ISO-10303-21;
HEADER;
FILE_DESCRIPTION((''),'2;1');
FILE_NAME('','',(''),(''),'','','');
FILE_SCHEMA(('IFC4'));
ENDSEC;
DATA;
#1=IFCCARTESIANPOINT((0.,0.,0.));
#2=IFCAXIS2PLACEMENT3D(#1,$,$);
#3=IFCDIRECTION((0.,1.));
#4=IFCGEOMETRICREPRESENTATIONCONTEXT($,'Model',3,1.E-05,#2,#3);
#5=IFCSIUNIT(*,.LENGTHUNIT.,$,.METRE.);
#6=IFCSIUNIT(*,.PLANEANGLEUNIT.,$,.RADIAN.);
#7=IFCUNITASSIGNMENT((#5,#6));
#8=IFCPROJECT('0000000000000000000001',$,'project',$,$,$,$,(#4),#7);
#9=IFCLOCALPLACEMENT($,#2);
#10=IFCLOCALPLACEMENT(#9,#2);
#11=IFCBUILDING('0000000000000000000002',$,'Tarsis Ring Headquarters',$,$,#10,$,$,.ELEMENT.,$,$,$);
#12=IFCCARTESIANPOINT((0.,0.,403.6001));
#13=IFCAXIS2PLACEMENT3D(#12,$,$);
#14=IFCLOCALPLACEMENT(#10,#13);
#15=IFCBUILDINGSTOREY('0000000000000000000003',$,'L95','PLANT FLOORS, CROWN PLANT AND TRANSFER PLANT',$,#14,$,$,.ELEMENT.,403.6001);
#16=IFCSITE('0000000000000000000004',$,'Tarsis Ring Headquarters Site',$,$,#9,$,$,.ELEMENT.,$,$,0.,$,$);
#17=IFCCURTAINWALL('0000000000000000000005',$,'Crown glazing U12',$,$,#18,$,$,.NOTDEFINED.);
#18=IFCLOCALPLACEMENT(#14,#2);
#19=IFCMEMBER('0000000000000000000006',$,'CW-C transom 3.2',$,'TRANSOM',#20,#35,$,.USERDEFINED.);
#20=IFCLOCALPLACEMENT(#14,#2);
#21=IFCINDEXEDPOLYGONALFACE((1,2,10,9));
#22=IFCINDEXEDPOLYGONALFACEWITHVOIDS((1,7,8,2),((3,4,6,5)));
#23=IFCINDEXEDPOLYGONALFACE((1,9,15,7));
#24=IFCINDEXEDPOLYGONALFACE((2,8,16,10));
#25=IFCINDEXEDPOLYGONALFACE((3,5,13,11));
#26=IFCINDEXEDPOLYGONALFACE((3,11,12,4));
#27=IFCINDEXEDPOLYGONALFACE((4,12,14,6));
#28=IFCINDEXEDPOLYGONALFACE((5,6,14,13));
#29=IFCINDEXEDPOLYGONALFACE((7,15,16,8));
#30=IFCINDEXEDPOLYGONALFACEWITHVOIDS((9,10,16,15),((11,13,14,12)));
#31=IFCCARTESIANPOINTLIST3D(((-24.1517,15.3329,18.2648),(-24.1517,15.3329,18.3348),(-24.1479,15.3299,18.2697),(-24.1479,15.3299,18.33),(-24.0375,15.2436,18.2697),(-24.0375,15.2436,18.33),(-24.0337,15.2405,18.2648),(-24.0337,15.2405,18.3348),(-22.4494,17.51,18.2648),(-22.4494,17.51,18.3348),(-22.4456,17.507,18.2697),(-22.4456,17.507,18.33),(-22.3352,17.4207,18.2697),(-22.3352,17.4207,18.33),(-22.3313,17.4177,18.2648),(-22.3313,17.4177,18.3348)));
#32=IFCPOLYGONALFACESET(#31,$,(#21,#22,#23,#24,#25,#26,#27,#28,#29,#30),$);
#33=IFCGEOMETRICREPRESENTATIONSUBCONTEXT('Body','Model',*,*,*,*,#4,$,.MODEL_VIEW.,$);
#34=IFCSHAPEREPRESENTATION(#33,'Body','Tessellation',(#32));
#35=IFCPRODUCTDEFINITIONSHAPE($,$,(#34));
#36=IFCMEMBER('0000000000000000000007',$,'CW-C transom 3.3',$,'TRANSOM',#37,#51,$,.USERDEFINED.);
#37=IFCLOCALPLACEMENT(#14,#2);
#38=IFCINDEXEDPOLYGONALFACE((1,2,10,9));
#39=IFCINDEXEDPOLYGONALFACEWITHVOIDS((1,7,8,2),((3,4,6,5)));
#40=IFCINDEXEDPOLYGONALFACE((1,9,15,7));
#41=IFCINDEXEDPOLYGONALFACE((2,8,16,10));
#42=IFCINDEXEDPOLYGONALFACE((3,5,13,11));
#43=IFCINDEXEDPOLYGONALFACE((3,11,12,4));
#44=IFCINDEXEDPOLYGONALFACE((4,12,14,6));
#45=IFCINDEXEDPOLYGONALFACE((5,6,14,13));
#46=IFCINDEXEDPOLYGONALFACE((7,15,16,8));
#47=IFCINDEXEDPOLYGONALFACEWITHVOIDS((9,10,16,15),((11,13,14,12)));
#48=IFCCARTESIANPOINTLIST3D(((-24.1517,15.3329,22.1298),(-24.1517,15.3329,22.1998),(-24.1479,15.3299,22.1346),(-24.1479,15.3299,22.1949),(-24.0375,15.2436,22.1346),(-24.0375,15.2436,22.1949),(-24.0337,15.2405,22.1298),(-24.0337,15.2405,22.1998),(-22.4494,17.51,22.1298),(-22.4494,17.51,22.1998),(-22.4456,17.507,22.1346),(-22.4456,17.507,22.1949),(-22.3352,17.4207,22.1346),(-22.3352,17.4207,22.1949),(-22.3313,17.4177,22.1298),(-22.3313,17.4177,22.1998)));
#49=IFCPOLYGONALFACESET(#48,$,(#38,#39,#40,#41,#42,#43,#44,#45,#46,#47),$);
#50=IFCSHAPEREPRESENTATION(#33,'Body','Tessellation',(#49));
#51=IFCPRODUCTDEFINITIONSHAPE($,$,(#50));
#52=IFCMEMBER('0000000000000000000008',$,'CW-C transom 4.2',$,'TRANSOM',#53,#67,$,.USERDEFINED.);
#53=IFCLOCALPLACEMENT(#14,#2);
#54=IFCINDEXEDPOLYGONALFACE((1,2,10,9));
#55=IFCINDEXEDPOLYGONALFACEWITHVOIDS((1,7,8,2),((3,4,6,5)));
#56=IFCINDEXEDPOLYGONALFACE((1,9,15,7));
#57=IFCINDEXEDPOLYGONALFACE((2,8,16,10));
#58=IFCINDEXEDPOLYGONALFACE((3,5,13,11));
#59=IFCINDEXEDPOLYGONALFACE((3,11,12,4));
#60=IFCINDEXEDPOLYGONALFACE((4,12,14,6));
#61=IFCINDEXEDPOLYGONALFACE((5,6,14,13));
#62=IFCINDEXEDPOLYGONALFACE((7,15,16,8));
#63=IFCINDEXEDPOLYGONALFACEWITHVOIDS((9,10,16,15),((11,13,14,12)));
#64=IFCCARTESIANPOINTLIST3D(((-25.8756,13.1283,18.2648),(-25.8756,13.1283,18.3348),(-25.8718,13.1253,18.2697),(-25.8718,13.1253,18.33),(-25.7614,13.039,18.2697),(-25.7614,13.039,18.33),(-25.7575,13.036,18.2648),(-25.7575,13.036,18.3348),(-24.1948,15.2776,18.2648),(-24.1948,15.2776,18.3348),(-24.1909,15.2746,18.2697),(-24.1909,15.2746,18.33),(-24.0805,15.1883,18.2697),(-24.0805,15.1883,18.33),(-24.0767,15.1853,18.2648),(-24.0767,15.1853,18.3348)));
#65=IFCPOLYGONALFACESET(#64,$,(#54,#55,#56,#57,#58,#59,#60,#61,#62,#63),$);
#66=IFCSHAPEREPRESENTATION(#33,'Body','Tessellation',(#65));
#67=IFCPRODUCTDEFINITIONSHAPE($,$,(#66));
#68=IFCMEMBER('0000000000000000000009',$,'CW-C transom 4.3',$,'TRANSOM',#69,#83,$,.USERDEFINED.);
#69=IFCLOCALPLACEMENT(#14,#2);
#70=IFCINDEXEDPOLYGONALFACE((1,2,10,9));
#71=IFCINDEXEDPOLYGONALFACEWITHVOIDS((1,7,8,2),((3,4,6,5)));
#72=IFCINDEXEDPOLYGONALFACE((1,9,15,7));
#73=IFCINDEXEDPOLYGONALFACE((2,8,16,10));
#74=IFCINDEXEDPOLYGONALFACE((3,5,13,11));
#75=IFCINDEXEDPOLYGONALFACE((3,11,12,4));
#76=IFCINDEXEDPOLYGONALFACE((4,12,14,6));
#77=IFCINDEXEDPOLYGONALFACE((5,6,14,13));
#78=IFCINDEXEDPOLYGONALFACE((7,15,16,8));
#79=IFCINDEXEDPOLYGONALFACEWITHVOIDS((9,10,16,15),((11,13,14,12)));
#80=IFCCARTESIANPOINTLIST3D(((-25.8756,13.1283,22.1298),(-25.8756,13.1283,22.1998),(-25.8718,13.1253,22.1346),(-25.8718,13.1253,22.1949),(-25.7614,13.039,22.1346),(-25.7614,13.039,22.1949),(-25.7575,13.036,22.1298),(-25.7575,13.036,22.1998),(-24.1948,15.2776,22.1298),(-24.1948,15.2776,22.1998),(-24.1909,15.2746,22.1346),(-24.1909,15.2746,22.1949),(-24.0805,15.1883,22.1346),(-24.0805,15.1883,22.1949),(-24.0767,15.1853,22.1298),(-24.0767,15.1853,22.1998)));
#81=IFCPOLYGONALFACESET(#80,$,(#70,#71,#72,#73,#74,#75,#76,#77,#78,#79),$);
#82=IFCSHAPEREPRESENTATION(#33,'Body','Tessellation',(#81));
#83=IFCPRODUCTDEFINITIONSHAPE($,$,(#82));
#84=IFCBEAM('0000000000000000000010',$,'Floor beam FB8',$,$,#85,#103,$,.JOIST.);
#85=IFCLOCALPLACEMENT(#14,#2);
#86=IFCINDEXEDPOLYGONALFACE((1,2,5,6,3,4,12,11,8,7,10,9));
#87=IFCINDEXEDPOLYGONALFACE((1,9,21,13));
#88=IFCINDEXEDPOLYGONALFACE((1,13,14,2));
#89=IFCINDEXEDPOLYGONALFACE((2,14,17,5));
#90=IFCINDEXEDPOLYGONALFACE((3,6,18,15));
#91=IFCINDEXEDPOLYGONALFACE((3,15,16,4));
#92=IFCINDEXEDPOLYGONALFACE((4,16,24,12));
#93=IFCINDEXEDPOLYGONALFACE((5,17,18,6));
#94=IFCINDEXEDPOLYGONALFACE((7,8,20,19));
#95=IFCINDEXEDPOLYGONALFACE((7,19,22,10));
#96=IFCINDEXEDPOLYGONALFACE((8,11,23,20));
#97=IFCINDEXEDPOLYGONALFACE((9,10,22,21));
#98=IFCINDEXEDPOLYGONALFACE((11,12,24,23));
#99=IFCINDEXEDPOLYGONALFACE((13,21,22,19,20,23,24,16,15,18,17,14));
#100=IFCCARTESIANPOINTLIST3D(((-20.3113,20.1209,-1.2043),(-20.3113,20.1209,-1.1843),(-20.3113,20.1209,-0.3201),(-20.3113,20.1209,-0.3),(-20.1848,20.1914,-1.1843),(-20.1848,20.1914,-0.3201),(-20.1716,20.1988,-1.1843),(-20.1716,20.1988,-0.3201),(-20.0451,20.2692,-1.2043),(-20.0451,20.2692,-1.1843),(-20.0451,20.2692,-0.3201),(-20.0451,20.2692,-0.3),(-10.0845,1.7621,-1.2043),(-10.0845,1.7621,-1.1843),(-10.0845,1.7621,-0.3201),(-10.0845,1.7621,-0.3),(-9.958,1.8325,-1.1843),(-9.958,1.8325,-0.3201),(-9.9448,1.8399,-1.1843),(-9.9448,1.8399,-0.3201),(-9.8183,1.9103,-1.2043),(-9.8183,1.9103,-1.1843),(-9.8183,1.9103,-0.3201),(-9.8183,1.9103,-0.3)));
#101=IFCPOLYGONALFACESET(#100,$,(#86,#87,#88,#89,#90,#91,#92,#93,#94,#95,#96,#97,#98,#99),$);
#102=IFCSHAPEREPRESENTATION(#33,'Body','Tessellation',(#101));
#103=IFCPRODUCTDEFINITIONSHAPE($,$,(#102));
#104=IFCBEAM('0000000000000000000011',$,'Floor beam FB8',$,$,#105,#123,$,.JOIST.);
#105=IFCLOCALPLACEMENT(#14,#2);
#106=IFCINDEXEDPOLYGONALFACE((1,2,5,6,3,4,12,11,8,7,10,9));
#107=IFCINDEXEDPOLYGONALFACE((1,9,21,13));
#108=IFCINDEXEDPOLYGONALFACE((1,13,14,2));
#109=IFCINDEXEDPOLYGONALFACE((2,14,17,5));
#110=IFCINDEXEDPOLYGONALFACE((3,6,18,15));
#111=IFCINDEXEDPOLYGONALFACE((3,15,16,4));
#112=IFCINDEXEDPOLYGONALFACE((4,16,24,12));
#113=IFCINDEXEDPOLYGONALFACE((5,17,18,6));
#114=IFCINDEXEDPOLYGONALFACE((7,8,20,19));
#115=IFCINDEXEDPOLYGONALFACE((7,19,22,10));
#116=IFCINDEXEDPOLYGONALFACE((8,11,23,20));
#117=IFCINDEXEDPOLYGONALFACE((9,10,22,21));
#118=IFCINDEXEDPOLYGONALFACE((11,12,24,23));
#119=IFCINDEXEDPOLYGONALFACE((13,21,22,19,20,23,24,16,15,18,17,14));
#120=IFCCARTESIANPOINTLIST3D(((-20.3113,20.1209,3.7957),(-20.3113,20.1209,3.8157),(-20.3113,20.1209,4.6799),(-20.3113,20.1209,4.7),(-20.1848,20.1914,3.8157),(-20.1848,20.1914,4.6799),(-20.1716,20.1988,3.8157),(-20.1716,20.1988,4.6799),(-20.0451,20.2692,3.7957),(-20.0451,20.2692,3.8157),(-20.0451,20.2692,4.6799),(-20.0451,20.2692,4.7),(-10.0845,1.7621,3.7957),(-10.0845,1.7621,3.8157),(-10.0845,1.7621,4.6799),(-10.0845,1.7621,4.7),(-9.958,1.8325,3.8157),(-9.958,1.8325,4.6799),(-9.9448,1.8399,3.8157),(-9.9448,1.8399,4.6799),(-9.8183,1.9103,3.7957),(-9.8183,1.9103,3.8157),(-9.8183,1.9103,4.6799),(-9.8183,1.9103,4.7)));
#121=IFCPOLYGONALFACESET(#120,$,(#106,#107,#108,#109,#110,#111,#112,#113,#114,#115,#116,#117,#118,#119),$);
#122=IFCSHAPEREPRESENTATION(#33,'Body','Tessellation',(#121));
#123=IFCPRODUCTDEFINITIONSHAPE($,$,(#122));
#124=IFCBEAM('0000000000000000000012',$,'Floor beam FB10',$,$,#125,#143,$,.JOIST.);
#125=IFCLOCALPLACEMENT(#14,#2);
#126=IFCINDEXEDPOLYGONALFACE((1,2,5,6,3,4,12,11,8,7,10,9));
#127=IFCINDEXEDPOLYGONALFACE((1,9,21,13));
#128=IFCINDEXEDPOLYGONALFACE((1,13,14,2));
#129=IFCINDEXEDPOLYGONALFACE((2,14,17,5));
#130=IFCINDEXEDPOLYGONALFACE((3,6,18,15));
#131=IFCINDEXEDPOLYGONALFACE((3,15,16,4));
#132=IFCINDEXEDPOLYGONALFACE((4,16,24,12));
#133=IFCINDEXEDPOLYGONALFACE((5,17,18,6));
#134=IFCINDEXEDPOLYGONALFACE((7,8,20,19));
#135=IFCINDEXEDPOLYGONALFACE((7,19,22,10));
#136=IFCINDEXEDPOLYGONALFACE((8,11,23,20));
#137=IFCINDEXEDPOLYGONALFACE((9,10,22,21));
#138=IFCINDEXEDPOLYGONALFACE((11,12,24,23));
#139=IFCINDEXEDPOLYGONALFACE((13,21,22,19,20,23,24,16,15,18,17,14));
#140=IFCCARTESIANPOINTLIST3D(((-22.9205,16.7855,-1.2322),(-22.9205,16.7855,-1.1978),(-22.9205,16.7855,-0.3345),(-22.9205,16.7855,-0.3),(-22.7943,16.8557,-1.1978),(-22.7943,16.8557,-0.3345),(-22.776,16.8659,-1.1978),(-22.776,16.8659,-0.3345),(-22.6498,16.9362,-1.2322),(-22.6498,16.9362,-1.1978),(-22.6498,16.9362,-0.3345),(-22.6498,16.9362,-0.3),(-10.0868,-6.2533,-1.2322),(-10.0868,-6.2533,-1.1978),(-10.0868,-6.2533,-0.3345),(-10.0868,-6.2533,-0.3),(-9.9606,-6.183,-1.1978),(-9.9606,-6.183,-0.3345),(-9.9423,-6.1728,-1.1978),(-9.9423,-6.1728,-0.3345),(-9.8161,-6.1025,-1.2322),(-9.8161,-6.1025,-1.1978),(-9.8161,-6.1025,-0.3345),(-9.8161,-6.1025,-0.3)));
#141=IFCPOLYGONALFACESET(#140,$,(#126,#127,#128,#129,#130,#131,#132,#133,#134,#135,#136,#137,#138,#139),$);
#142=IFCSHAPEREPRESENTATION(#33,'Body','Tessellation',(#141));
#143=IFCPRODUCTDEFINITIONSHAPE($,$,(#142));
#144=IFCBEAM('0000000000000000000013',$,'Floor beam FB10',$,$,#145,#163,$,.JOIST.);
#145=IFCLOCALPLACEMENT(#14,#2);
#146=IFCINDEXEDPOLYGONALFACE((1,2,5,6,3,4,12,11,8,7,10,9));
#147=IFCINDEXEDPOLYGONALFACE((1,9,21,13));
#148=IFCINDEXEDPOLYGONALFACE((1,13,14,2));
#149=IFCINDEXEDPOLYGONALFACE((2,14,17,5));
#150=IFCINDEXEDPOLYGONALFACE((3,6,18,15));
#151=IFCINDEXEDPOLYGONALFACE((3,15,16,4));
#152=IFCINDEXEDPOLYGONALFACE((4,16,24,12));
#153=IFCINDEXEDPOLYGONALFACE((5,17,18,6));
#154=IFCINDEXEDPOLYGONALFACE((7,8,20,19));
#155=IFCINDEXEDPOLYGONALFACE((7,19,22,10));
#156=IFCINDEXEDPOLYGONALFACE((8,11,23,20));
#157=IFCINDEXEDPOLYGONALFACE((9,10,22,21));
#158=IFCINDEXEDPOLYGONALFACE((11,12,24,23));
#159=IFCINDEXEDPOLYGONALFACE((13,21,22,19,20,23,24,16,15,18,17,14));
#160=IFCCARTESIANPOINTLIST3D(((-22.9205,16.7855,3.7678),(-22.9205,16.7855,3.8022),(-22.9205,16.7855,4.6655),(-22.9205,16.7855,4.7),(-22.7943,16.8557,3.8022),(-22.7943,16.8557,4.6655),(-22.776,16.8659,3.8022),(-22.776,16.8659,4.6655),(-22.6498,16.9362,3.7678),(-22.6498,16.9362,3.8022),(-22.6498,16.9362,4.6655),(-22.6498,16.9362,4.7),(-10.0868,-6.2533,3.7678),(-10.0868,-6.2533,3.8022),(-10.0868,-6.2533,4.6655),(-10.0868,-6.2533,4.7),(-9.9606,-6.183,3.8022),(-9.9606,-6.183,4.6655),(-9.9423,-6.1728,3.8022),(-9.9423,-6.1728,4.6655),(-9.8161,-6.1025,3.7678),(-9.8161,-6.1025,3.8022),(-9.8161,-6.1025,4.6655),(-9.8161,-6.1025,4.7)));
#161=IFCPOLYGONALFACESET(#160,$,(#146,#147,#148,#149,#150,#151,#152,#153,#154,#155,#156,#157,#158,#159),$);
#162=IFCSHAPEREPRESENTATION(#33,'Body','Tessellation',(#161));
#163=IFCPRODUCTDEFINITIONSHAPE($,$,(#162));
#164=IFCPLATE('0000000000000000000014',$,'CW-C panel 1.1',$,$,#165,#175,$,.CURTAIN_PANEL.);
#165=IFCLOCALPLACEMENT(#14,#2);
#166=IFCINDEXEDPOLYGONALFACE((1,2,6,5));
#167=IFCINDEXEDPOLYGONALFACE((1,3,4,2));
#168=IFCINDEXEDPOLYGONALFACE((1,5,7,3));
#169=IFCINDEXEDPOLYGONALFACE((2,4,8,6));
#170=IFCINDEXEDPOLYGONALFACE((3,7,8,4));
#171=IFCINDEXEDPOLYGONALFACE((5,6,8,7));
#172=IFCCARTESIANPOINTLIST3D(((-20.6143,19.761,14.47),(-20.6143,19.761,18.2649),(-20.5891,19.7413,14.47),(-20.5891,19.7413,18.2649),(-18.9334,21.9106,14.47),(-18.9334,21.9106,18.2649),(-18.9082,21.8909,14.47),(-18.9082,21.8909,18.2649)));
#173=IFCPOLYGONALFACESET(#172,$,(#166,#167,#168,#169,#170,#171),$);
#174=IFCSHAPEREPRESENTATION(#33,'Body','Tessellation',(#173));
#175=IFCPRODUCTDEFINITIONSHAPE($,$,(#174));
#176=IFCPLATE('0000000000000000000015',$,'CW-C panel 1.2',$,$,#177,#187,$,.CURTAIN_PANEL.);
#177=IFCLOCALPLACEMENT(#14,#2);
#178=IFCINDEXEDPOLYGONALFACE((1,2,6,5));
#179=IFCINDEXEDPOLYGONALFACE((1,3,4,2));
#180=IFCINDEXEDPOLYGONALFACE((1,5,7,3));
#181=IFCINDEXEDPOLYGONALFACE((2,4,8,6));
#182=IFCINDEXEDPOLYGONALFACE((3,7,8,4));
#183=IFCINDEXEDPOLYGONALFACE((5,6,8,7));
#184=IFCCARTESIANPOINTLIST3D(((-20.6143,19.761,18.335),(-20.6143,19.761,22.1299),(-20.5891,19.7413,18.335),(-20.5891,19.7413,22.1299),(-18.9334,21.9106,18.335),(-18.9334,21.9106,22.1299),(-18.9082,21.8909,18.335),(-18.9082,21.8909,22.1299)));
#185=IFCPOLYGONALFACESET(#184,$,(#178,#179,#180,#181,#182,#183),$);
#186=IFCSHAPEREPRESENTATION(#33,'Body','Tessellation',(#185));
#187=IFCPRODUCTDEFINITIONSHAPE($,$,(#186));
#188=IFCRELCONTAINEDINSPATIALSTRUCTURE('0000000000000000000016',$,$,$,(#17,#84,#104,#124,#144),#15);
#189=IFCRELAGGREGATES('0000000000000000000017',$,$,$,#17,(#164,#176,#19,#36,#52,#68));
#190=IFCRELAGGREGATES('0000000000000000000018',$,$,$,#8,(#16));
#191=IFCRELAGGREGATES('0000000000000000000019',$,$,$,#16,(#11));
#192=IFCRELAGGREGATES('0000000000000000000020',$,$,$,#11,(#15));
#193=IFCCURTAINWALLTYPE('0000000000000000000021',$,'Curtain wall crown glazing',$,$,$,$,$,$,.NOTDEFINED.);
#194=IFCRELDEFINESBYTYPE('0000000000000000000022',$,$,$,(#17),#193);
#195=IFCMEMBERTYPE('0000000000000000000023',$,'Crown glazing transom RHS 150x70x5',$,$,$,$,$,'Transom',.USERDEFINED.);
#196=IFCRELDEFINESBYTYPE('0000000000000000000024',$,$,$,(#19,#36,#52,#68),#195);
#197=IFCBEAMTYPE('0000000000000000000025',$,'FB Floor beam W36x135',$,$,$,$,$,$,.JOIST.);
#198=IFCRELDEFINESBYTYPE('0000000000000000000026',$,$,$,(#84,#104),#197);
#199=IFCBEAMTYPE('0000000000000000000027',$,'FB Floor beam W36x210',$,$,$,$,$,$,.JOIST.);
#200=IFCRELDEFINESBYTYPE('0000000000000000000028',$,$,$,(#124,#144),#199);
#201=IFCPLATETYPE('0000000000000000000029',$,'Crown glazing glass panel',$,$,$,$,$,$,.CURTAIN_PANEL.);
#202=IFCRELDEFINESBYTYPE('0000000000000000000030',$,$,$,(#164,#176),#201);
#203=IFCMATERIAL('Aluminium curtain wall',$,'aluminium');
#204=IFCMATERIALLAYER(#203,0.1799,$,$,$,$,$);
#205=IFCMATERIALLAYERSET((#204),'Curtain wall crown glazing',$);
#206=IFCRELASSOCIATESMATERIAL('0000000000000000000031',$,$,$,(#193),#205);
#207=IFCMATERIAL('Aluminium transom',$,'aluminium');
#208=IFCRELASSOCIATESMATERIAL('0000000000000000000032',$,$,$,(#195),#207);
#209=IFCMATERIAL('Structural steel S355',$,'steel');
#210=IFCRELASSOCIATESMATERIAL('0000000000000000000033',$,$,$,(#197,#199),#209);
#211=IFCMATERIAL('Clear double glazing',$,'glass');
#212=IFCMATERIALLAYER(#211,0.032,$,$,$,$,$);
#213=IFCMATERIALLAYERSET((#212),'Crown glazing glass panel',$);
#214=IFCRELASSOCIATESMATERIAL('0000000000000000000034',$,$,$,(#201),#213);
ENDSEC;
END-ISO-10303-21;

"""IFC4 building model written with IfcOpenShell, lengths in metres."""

from ifc_helpers import new_model, si_unit, direction, frame, origin, origin_2d, place, context, subcontext, project, spatial, rectangle, hollow_rectangle, i_section, extrude, material, layer, layer_set, material_profile, profile_set, type_object, element, aggregate, save


model = new_model("IFC4")

# Units and contexts
model_context = context("Model", 3, precision=1e-05, world=origin(), true_north=direction((0.0, 1.0)))
body_context = subcontext(model_context, "Body", "Model", "MODEL_VIEW")
ifc_project = project(units=[si_unit("LENGTHUNIT", "METRE"), si_unit("PLANEANGLEUNIT", "RADIAN")], contexts=[model_context])

# Site, building, storey
site_placement = place(None, origin())
site = spatial("IfcSite", under=ifc_project, at=site_placement, Name="Tarsis Ring Headquarters Site", CompositionType="ELEMENT", RefElevation=0.0)
building_placement = place(site_placement, origin())
building = spatial("IfcBuilding", under=site, at=building_placement, Name="Tarsis Ring Headquarters", CompositionType="ELEMENT")
storey_placement = place(building_placement, frame((0.0, 0.0, 403.6001)))
storey = spatial("IfcBuildingStorey", under=building, at=storey_placement, Name="L95", Description="PLANT FLOORS, CROWN PLANT AND TRANSFER PLANT", CompositionType="ELEMENT", Elevation=403.6001)

# Curtain wall, members
ifc_material_1 = material(Name="Aluminium curtain wall", Category="aluminium")
ifc_layer_1 = layer(ifc_material_1, 0.1799)
ifc_layer_set_1 = layer_set([ifc_layer_1], Name="Curtain wall crown glazing")
curtain_wall_type = type_object("IfcCurtainWallType", Name="Curtain wall crown glazing", PredefinedType="NOTDEFINED", material=ifc_layer_set_1)
curtain_wall_placement = place(storey_placement, origin())
curtain_wall = element("IfcCurtainWall", 1, at=curtain_wall_placement, inside=storey, type_object=curtain_wall_type, Name="Crown glazing U12", PredefinedType="NOTDEFINED")
ifc_material_2 = material(Name="Aluminium transom", Category="aluminium")
ifc_material_profile_1 = material_profile(ifc_material_2, hollow_rectangle(XDim=0.1499, YDim=0.0701, WallThickness=0.0049, at=origin_2d()), Name="RHS 150x70x5")
ifc_profile_set_1 = profile_set([ifc_material_profile_1], Name="Aluminium transom")
member_type_1 = type_object("IfcMemberType", Name="Crown glazing transom RHS 150x70x5", ElementType="Transom", PredefinedType="USERDEFINED", material=ifc_profile_set_1)
member_1_placement = place(storey_placement, frame((-22.3904, 17.4639, 18.2998), z_axis=(-0.615963, -0.787775, 0.0), x_axis=(0.787775, -0.615963, 0.0)))
member_1 = element("IfcMember", 2, at=member_1_placement, type_object=member_type_1, Name="CW-C transom 3.2", ObjectType="TRANSOM", PredefinedType="USERDEFINED", context=body_context, shape_type="SweptSolid", body=[
    extrude(hollow_rectangle(XDim=0.1499, YDim=0.0701, WallThickness=0.0049, at=origin_2d()), origin(), (0.0, 0.0, 1.0), 2.7637),
])
member_2_placement = place(storey_placement, frame((-22.3904, 17.4639, 22.1648), z_axis=(-0.615963, -0.787775, 0.0), x_axis=(0.787775, -0.615963, 0.0)))
member_2 = element("IfcMember", 3, at=member_2_placement, type_object=member_type_1, Name="CW-C transom 3.3", ObjectType="TRANSOM", PredefinedType="USERDEFINED", context=body_context, shape_type="SweptSolid", body=[
    extrude(hollow_rectangle(XDim=0.1499, YDim=0.0701, WallThickness=0.0049, at=origin_2d()), origin(), (0.0, 0.0, 1.0), 2.7637),
])
member_3_placement = place(storey_placement, frame((-24.1357, 15.2314, 18.2998), z_axis=(-0.616026, -0.787726, 0.0), x_axis=(0.787726, -0.616026, 0.0)))
member_3 = element("IfcMember", 4, at=member_3_placement, type_object=member_type_1, Name="CW-C transom 4.2", ObjectType="TRANSOM", PredefinedType="USERDEFINED", context=body_context, shape_type="SweptSolid", body=[
    extrude(hollow_rectangle(XDim=0.1499, YDim=0.0701, WallThickness=0.0049, at=origin_2d()), origin(), (0.0, 0.0, 1.0), 2.7285),
])
member_4_placement = place(storey_placement, frame((-24.1357, 15.2314, 22.1648), z_axis=(-0.616026, -0.787726, 0.0), x_axis=(0.787726, -0.616026, 0.0)))
member_4 = element("IfcMember", 5, at=member_4_placement, type_object=member_type_1, Name="CW-C transom 4.3", ObjectType="TRANSOM", PredefinedType="USERDEFINED", context=body_context, shape_type="SweptSolid", body=[
    extrude(hollow_rectangle(XDim=0.1499, YDim=0.0701, WallThickness=0.0049, at=origin_2d()), origin(), (0.0, 0.0, 1.0), 2.7285),
])

# Beams
ifc_material_3 = material(Name="Structural steel S355", Category="steel")
ifc_material_profile_2 = material_profile(ifc_material_3, i_section(OverallWidth=0.3047, OverallDepth=0.9043, WebThickness=0.0151, FlangeThickness=0.02, at=origin_2d()), Name="W36x135")
ifc_profile_set_2 = profile_set([ifc_material_profile_2], Name="Structural steel S355")
beam_type_1 = type_object("IfcBeamType", Name="FB Floor beam W36x135", PredefinedType="JOIST", material=ifc_profile_set_2)
for number, where, z_axis, x_axis, name in (
    (6, (-20.1782, 20.1951, -0.7522), (0.48664, -0.873603, 0.0), (0.873603, 0.48664, 0.0), "Floor beam FB8"),
    (7, (-20.1782, 20.1951, 4.2478), (0.48664, -0.873603, 0.0), (0.873603, 0.48664, 0.0), "Floor beam FB8"),
):
    element("IfcBeam", number, at=place(storey_placement, frame(where, z_axis=z_axis, x_axis=x_axis)), inside=storey, type_object=beam_type_1, Name=name, PredefinedType="JOIST", context=body_context, shape_type="SweptSolid", body=[
        extrude(i_section(OverallWidth=0.3047, OverallDepth=0.9043, WebThickness=0.0151, FlangeThickness=0.02, at=origin_2d()), origin(), (0.0, 0.0, 1.0), 21.0151),
    ])
ifc_material_profile_3 = material_profile(ifc_material_3, i_section(OverallWidth=0.3098, OverallDepth=0.9321, WebThickness=0.021, FlangeThickness=0.0344, at=origin_2d()), Name="W36x210")
ifc_profile_set_3 = profile_set([ifc_material_profile_3], Name="Structural steel S355")
beam_type_2 = type_object("IfcBeamType", Name="FB Floor beam W36x210", PredefinedType="JOIST", material=ifc_profile_set_3)
for number, where, z_axis, x_axis, name in (
    (8, (-22.7852, 16.8608, -0.7661), (0.486639, -0.873603, 0.0), (0.873603, 0.486639, 0.0), "Floor beam FB10"),
    (9, (-22.7852, 16.8608, 4.2339), (0.486639, -0.873603, 0.0), (0.873603, 0.486639, 0.0), "Floor beam FB10"),
):
    element("IfcBeam", number, at=place(storey_placement, frame(where, z_axis=z_axis, x_axis=x_axis)), inside=storey, type_object=beam_type_2, Name=name, PredefinedType="JOIST", context=body_context, shape_type="SweptSolid", body=[
        extrude(i_section(OverallWidth=0.3098, OverallDepth=0.9321, WebThickness=0.021, FlangeThickness=0.0344, at=origin_2d()), origin(), (0.0, 0.0, 1.0), 26.3721),
    ])

# Plates
ifc_material_4 = material(Name="Clear double glazing", Category="glass")
ifc_layer_2 = layer(ifc_material_4, 0.032)
ifc_layer_set_2 = layer_set([ifc_layer_2], Name="Crown glazing glass panel")
plate_type = type_object("IfcPlateType", Name="Crown glazing glass panel", PredefinedType="CURTAIN_PANEL", material=ifc_layer_set_2)
plate_1_placement = place(storey_placement, frame((-19.7612, 20.8259, 14.47), z_axis=(0.0, 0.0, 1.0), x_axis=(-0.615988, -0.787755, 0.0)))
plate_1 = element("IfcPlate", 10, at=plate_1_placement, type_object=plate_type, Name="CW-C panel 1.1", PredefinedType="CURTAIN_PANEL", context=body_context, shape_type="SweptSolid", body=[
    extrude(rectangle(XDim=2.7288, YDim=0.032, at=origin_2d()), origin(), (0.0, 0.0, 1.0), 3.7949),
])
plate_2_placement = place(storey_placement, frame((-19.7612, 20.8259, 18.335), z_axis=(0.0, 0.0, 1.0), x_axis=(-0.615988, -0.787755, 0.0)))
plate_2 = element("IfcPlate", 11, at=plate_2_placement, type_object=plate_type, Name="CW-C panel 1.2", PredefinedType="CURTAIN_PANEL", context=body_context, shape_type="SweptSolid", body=[
    extrude(rectangle(XDim=2.7288, YDim=0.032, at=origin_2d()), origin(), (0.0, 0.0, 1.0), 3.7949),
])
aggregate(curtain_wall, [plate_1, plate_2, member_1, member_2, member_3, member_4])

save(model, "model.ifc")
